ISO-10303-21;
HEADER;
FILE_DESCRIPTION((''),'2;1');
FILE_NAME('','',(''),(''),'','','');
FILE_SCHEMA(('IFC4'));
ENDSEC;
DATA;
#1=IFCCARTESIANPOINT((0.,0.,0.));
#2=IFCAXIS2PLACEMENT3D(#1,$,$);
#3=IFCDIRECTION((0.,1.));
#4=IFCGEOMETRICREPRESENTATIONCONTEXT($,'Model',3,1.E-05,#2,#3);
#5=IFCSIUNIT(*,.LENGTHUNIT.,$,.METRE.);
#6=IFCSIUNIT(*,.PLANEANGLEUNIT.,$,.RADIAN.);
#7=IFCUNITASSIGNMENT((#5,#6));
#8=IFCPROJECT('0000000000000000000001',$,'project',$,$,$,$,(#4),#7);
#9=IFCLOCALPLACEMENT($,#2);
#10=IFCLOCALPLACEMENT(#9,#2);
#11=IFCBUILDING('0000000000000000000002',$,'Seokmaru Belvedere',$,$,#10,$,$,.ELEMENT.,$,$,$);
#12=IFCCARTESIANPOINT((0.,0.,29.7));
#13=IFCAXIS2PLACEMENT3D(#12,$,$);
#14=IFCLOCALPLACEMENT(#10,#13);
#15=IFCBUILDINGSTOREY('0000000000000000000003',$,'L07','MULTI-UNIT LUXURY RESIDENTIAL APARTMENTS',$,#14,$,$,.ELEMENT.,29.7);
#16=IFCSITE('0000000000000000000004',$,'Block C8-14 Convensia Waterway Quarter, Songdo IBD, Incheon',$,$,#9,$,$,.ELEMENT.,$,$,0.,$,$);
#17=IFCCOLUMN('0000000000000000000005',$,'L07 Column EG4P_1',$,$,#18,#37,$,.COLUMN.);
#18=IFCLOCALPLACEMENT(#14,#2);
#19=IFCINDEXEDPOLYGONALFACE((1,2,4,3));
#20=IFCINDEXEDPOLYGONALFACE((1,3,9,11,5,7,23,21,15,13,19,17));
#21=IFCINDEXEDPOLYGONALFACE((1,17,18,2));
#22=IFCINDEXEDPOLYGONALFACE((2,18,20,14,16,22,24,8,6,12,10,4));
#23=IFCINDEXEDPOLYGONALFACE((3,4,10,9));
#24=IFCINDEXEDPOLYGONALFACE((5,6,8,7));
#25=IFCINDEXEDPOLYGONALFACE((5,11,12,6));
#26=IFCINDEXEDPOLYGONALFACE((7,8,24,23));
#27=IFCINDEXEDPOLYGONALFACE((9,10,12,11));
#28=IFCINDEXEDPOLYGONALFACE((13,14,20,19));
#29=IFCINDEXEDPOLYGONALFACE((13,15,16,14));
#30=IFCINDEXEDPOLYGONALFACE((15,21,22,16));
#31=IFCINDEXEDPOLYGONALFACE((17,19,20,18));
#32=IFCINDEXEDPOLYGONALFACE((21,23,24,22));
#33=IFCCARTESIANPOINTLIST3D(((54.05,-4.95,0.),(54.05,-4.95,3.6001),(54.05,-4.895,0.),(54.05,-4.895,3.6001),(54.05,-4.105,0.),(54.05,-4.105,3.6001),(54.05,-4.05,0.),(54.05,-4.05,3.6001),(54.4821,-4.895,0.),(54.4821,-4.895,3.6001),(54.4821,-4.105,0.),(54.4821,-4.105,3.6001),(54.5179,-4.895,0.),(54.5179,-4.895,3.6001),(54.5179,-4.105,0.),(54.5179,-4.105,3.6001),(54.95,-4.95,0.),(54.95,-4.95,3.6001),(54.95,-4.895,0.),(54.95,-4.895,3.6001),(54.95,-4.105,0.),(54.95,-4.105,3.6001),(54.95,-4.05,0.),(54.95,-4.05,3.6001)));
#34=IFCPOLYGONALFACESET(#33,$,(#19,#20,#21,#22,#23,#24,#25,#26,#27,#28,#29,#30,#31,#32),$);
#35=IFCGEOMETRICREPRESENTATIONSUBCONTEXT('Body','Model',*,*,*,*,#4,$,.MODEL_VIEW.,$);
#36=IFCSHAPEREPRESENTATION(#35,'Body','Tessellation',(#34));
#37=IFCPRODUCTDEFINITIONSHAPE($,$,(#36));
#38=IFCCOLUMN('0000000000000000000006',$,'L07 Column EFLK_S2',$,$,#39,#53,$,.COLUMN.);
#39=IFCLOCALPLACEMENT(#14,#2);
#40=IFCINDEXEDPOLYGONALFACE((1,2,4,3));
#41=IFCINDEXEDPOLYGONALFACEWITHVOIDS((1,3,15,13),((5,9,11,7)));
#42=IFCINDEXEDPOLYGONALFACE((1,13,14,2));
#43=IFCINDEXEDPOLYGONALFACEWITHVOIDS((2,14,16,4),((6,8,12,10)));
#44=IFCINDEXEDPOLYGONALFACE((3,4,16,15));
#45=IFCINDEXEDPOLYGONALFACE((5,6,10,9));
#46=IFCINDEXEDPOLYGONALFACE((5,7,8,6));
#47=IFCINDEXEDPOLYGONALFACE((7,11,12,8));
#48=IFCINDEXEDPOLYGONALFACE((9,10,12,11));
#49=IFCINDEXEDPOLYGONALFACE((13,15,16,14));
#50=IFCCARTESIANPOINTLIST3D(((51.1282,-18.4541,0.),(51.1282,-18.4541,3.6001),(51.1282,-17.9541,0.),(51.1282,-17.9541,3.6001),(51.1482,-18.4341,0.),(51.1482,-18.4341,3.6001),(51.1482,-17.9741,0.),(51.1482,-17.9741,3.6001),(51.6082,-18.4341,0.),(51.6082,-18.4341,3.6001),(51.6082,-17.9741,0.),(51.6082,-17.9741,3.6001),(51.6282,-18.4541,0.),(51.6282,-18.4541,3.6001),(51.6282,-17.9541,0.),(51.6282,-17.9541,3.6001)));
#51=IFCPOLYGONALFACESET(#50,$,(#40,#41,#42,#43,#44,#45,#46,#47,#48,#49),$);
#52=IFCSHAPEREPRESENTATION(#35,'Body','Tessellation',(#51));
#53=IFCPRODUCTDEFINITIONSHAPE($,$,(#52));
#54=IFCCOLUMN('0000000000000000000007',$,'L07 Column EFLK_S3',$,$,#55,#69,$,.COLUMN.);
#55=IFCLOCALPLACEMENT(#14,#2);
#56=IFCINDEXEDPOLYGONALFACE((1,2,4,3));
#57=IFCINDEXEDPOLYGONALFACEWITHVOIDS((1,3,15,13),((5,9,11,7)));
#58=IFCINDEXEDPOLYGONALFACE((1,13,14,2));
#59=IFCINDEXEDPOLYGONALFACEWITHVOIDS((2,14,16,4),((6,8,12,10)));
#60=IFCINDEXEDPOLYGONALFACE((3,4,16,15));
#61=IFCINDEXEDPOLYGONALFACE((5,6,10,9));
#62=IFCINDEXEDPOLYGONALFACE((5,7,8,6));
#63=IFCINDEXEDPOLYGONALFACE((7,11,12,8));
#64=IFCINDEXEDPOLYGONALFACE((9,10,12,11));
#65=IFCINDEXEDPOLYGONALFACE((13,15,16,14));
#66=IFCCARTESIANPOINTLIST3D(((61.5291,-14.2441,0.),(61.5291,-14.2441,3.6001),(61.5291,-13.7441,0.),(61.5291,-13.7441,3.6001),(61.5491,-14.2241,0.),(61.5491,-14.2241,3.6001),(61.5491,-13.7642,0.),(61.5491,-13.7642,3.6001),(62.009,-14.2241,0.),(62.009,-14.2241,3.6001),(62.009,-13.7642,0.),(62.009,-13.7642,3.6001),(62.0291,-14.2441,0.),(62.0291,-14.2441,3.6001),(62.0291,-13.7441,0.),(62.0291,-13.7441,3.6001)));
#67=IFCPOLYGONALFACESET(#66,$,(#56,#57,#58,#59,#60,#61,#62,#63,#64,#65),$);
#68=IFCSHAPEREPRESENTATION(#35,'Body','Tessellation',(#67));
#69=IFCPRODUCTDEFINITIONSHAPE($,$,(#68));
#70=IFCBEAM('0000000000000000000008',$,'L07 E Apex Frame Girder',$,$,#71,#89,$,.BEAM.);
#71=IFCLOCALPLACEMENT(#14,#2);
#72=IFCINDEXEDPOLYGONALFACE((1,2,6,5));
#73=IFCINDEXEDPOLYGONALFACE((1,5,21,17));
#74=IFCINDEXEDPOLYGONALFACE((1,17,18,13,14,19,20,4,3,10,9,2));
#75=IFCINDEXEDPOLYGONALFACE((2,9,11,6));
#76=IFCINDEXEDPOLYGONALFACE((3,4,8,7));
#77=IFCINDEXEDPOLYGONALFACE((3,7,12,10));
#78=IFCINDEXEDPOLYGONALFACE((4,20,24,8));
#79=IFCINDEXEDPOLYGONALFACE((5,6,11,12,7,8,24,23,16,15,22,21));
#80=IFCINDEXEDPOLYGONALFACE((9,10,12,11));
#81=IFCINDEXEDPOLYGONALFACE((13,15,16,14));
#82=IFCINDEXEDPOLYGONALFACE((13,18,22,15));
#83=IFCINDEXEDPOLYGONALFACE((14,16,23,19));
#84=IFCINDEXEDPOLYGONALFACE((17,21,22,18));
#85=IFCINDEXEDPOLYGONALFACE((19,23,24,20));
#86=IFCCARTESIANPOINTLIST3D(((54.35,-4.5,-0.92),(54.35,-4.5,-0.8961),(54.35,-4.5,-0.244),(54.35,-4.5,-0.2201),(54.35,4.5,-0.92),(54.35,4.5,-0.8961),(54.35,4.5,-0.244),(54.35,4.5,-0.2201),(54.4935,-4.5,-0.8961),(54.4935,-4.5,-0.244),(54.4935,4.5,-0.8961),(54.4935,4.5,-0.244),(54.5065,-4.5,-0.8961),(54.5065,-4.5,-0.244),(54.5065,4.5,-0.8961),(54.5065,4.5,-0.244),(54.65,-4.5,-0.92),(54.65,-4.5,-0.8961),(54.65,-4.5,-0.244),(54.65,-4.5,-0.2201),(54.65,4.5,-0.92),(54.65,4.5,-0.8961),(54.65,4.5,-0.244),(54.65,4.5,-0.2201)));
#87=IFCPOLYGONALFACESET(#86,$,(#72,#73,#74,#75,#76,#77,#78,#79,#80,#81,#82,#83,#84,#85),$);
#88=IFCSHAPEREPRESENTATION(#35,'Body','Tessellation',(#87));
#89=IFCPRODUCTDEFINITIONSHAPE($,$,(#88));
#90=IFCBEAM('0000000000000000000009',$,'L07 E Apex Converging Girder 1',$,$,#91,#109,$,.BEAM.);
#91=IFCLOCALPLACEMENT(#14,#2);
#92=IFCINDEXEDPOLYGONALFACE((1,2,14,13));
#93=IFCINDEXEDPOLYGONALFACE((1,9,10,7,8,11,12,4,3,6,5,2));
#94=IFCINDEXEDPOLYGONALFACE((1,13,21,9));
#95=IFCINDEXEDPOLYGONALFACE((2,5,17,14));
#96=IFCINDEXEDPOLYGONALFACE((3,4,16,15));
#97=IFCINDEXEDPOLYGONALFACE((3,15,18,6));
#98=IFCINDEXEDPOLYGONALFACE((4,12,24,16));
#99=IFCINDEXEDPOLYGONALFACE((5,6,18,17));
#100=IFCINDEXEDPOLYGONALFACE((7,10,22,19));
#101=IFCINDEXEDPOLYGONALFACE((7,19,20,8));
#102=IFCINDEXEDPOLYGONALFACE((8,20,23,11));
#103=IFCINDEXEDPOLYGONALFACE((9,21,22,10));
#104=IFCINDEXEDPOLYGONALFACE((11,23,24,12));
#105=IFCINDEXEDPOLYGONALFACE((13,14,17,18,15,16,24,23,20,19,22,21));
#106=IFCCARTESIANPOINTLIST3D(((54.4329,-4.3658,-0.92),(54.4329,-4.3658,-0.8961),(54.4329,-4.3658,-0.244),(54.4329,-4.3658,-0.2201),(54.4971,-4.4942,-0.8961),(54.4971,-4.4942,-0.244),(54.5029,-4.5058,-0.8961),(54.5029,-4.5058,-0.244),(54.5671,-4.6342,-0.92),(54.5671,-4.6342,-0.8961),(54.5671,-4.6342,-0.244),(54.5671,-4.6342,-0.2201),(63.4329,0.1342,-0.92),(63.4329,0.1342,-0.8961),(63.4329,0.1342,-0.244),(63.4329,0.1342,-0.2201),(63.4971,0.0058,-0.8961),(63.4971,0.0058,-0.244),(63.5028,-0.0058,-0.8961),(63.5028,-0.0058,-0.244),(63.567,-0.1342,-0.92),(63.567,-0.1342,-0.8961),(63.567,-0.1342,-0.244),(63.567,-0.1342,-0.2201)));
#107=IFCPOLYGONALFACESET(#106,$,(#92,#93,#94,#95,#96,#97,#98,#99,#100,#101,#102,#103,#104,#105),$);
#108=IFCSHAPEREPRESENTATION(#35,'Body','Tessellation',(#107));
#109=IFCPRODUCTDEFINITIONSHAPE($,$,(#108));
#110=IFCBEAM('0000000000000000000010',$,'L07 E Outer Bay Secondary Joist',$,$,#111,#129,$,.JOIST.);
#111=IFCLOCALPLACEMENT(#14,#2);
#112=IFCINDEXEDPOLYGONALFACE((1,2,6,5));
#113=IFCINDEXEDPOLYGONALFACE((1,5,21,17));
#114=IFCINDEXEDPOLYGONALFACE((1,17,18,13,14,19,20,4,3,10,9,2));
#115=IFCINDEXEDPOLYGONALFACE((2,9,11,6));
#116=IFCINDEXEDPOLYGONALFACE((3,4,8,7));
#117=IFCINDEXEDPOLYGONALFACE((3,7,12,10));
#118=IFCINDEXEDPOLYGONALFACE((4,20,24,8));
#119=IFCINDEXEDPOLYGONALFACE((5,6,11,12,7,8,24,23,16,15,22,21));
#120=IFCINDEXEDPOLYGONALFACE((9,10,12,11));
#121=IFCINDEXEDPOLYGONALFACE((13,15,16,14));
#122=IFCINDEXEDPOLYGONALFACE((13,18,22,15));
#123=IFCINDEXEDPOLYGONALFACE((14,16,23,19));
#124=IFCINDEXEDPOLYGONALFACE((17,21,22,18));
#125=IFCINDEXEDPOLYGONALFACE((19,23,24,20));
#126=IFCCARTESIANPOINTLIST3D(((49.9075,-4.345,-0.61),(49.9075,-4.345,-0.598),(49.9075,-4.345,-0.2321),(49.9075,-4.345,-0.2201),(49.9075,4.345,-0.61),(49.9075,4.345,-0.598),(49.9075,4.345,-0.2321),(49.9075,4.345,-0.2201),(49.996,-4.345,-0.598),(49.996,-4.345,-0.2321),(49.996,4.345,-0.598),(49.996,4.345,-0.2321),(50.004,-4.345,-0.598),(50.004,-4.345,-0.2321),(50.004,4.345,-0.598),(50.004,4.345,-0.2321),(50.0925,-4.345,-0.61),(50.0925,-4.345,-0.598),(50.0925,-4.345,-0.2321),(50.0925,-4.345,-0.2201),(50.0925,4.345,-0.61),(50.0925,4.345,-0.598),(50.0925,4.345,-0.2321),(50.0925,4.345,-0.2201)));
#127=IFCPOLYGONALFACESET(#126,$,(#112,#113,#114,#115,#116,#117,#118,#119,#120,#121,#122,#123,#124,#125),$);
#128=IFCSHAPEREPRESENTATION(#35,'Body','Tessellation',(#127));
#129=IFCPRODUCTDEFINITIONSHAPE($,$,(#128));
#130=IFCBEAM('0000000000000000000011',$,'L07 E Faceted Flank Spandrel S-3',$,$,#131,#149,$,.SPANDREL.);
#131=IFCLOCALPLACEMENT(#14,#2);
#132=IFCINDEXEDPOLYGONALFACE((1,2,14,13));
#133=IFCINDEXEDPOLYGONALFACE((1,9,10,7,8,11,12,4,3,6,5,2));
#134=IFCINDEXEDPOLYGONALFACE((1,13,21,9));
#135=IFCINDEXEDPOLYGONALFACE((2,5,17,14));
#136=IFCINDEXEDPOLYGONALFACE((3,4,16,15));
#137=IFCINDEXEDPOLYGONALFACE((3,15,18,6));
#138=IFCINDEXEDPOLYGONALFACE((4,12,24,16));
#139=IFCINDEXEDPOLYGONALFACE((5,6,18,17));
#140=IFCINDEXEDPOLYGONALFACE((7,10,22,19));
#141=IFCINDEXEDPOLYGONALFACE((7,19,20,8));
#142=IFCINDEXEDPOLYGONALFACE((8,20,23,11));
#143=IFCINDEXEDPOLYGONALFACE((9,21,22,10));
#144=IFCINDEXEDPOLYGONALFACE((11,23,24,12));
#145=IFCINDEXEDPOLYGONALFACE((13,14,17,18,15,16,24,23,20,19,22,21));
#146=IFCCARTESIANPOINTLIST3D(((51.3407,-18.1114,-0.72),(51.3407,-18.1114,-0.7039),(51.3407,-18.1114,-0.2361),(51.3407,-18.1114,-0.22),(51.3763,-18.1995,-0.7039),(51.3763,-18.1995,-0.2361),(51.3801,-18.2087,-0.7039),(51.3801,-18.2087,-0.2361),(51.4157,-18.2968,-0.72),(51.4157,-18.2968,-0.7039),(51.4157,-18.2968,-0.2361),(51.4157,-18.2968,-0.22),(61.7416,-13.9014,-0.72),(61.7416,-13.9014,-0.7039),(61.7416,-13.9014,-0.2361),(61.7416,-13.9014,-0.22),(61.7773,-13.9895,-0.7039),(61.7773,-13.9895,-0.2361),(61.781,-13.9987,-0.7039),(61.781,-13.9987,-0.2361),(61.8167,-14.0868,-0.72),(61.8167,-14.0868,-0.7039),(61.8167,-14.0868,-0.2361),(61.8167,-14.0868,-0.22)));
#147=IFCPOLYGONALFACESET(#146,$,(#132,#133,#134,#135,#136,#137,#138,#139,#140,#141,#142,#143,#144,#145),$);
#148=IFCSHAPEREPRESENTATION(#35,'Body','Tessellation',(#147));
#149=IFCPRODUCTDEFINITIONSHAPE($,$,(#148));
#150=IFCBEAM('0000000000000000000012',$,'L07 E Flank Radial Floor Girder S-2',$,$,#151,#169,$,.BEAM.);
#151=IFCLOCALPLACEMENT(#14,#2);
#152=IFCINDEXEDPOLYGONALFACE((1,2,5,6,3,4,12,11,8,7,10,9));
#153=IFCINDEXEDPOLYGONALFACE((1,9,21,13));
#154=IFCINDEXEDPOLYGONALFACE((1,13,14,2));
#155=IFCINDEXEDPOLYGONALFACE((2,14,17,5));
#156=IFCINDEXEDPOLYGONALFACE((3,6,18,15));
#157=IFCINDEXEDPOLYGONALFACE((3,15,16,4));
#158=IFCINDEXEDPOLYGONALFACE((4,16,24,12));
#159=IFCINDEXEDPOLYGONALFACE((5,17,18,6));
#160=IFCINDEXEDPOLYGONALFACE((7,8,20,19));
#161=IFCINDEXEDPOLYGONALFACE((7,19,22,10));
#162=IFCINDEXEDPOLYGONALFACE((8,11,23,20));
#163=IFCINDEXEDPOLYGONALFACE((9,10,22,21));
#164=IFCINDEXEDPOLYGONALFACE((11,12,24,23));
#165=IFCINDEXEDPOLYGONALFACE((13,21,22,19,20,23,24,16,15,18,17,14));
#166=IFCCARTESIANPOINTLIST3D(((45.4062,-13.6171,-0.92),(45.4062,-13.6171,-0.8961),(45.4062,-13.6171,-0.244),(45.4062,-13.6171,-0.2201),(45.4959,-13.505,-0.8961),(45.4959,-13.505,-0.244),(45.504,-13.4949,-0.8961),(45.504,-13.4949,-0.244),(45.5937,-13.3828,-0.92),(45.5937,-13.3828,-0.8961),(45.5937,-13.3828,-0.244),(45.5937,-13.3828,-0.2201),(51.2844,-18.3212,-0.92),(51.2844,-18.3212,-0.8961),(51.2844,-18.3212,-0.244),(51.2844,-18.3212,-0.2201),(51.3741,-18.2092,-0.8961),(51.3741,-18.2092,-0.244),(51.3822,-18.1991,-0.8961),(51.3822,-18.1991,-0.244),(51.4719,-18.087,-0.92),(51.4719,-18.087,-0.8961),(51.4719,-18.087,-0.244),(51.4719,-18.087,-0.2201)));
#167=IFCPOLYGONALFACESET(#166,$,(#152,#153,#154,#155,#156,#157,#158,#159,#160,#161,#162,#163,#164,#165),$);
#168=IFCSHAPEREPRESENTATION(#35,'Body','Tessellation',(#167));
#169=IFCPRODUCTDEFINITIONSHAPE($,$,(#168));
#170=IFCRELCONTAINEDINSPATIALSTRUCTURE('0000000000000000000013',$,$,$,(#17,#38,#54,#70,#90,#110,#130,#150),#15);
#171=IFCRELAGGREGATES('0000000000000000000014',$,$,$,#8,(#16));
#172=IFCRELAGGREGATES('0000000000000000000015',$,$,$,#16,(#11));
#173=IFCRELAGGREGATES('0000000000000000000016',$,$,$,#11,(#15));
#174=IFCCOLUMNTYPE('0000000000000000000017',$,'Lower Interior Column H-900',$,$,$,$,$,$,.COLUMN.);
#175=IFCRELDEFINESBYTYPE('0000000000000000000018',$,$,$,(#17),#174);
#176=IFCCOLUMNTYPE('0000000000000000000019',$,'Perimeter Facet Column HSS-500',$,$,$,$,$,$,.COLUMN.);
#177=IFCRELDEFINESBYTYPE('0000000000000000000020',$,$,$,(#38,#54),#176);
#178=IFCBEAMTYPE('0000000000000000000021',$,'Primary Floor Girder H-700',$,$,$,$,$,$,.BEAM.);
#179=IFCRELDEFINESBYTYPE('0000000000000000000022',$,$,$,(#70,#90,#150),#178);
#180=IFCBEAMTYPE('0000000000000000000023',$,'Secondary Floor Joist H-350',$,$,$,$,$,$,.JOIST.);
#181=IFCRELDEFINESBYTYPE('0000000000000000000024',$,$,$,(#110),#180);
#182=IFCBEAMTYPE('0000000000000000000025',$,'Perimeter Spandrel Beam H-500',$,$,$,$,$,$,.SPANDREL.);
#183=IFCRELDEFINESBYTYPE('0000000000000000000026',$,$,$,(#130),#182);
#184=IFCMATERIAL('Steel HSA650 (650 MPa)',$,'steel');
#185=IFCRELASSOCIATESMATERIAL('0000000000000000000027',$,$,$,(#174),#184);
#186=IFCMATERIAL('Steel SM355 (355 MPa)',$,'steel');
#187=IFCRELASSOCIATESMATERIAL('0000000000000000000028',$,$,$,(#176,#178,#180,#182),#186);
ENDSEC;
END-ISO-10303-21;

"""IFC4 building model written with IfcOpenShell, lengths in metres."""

from ifc_helpers import new_model, si_unit, direction, frame, origin, origin_2d, place, context, subcontext, project, spatial, hollow_rectangle, i_section, extrude, source, transform, mapped, material, material_profile, profile_set, type_object, type_shapes, element, save


model = new_model("IFC4")

# Units and contexts
model_context = context("Model", 3, precision=1e-05, world=origin(), true_north=direction((0.0, 1.0)))
body_context = subcontext(model_context, "Body", "Model", "MODEL_VIEW")
ifc_project = project(units=[si_unit("LENGTHUNIT", "METRE"), si_unit("PLANEANGLEUNIT", "RADIAN")], contexts=[model_context])

# Site, building, storey
site_placement = place(None, origin())
site = spatial("IfcSite", under=ifc_project, at=site_placement, Name="Block C8-14 Convensia Waterway Quarter, Songdo IBD, Incheon", CompositionType="ELEMENT", RefElevation=0.0)
building_placement = place(site_placement, origin())
building = spatial("IfcBuilding", under=site, at=building_placement, Name="Seokmaru Belvedere", CompositionType="ELEMENT")
storey_placement = place(building_placement, frame((0.0, 0.0, 29.7)))
storey = spatial("IfcBuildingStorey", under=building, at=storey_placement, Name="L07", Description="MULTI-UNIT LUXURY RESIDENTIAL APARTMENTS", CompositionType="ELEMENT", Elevation=29.7)

# Columns
ifc_material_1 = material(Name="Steel HSA650 (650 MPa)", Category="steel")
ifc_material_profile_1 = material_profile(ifc_material_1, i_section(OverallWidth=0.8999, OverallDepth=0.8999, WebThickness=0.0359, FlangeThickness=0.0549, at=origin_2d()), Name="H-900x900x36x55")
ifc_profile_set_1 = profile_set([ifc_material_profile_1], Name="Steel HSA650 (650 MPa)")
column_type_1 = type_object("IfcColumnType", Name="Lower Interior Column H-900", PredefinedType="COLUMN", material=ifc_profile_set_1)
shared_shape_1 = source(origin(), body_context, "Body", "SweptSolid", [
    extrude(i_section(OverallWidth=0.8999, OverallDepth=0.8999, WebThickness=0.0359, FlangeThickness=0.0549, at=origin_2d()), origin(), (0.0, 0.0, 1.0), 3.6001),
])
type_shapes(column_type_1, [shared_shape_1])
column_placement = place(storey_placement, frame((54.5, -4.5, 0.0), z_axis=(0.0, 0.0, 1.0), x_axis=(1.0, 0.0, 0.0)))
element("IfcColumn", 1, at=column_placement, inside=storey, type_object=column_type_1, Name="L07 Column EG4P_1", PredefinedType="COLUMN", context=body_context, shape_type="MappedRepresentation", body=[
    mapped(shared_shape_1, transform((0.0, 0.0, 0.0), scale=1.0)),
])
ifc_material_2 = material(Name="Steel SM355 (355 MPa)", Category="steel")
ifc_material_profile_2 = material_profile(ifc_material_2, hollow_rectangle(XDim=0.5, YDim=0.5, WallThickness=0.02, at=origin_2d()), Name="HSS-500x500x20")
ifc_profile_set_2 = profile_set([ifc_material_profile_2], Name="Steel SM355 (355 MPa)")
column_type_2 = type_object("IfcColumnType", Name="Perimeter Facet Column HSS-500", PredefinedType="COLUMN", material=ifc_profile_set_2)
shared_shape_2 = source(origin(), body_context, "Body", "SweptSolid", [
    extrude(hollow_rectangle(XDim=0.5, YDim=0.5, WallThickness=0.02, at=origin_2d()), origin(), (0.0, 0.0, 1.0), 3.6001),
])
type_shapes(column_type_2, [shared_shape_2])
for number, where, z_axis, x_axis, name in (
    (2, (51.3782, -18.2041, 0.0), (0.0, 0.0, 1.0), (1.0, 0.0, 0.0), "L07 Column EFLK_S2"),
    (3, (61.7791, -13.9941, 0.0), (0.0, 0.0, 1.0), (1.0, 0.0, 0.0), "L07 Column EFLK_S3"),
):
    element("IfcColumn", number, at=place(storey_placement, frame(where, z_axis=z_axis, x_axis=x_axis)), inside=storey, type_object=column_type_2, Name=name, PredefinedType="COLUMN", context=body_context, shape_type="MappedRepresentation", body=[
        mapped(shared_shape_2, transform((0.0, 0.0, 0.0), scale=1.0)),
    ])

# Beams
ifc_material_profile_3 = material_profile(ifc_material_2, i_section(OverallWidth=0.3, OverallDepth=0.7, WebThickness=0.0129, FlangeThickness=0.0239, at=origin_2d()), Name="H-700x300x13x24")
ifc_profile_set_3 = profile_set([ifc_material_profile_3], Name="Steel SM355 (355 MPa)")
beam_type_1 = type_object("IfcBeamType", Name="Primary Floor Girder H-700", PredefinedType="BEAM", material=ifc_profile_set_3)
shared_shape_3 = source(origin(), body_context, "Body", "SweptSolid", [
    extrude(i_section(OverallWidth=0.3, OverallDepth=0.7, WebThickness=0.0129, FlangeThickness=0.0239, at=origin_2d()), origin(), (0.0, 0.0, 1.0), 9.0),
])
beam_1_placement = place(storey_placement, frame((54.5, -4.5, -0.5701), z_axis=(0.0, 1.0, 0.0), x_axis=(-1.0, 0.0, 0.0)))
element("IfcBeam", 4, at=beam_1_placement, inside=storey, type_object=beam_type_1, Name="L07 E Apex Frame Girder", PredefinedType="BEAM", context=body_context, shape_type="MappedRepresentation", body=[
    mapped(shared_shape_3, transform((0.0, 0.0, 0.0), scale=1.0)),
])
shared_shape_4 = source(origin(), body_context, "Body", "SweptSolid", [
    extrude(i_section(OverallWidth=0.3, OverallDepth=0.7, WebThickness=0.0129, FlangeThickness=0.0239, at=origin_2d()), origin(), (0.0, 0.0, 1.0), 10.0623),
])
beam_2_placement = place(storey_placement, frame((54.5, -4.5, -0.5701), z_axis=(0.894427, 0.447214, 0.0), x_axis=(-0.447214, 0.894427, 0.0)))
element("IfcBeam", 5, at=beam_2_placement, inside=storey, type_object=beam_type_1, Name="L07 E Apex Converging Girder 1", PredefinedType="BEAM", context=body_context, shape_type="MappedRepresentation", body=[
    mapped(shared_shape_4, transform((0.0, 0.0, 0.0), scale=1.0)),
])
ifc_material_profile_4 = material_profile(ifc_material_2, i_section(OverallWidth=0.1851, OverallDepth=0.3899, WebThickness=0.0081, FlangeThickness=0.012, at=origin_2d()), Name="H-390x185x8x12")
ifc_profile_set_4 = profile_set([ifc_material_profile_4], Name="Steel SM355 (355 MPa)")
beam_type_2 = type_object("IfcBeamType", Name="Secondary Floor Joist H-350", PredefinedType="JOIST", material=ifc_profile_set_4)
shared_shape_5 = source(origin(), body_context, "Body", "SweptSolid", [
    extrude(i_section(OverallWidth=0.1851, OverallDepth=0.3899, WebThickness=0.0081, FlangeThickness=0.012, at=origin_2d()), origin(), (0.0, 0.0, 1.0), 8.6899),
])
type_shapes(beam_type_2, [shared_shape_5])
beam_3_placement = place(storey_placement, frame((50.0, -4.345, -0.415), z_axis=(0.0, 1.0, 0.0), x_axis=(-1.0, 0.0, 0.0)))
element("IfcBeam", 6, at=beam_3_placement, inside=storey, type_object=beam_type_2, Name="L07 E Outer Bay Secondary Joist", PredefinedType="JOIST", context=body_context, shape_type="MappedRepresentation", body=[
    mapped(shared_shape_5, transform((0.0, 0.0, 0.0), scale=1.0)),
])
ifc_material_profile_5 = material_profile(ifc_material_2, i_section(OverallWidth=0.2, OverallDepth=0.5, WebThickness=0.01, FlangeThickness=0.0161, at=origin_2d()), Name="H-500x200x10x16")
ifc_profile_set_5 = profile_set([ifc_material_profile_5], Name="Steel SM355 (355 MPa)")
beam_type_3 = type_object("IfcBeamType", Name="Perimeter Spandrel Beam H-500", PredefinedType="SPANDREL", material=ifc_profile_set_5)
shared_shape_6 = source(origin(), body_context, "Body", "SweptSolid", [
    extrude(i_section(OverallWidth=0.2, OverallDepth=0.5, WebThickness=0.01, FlangeThickness=0.0161, at=origin_2d()), origin(), (0.0, 0.0, 1.0), 11.2207),
])
type_shapes(beam_type_3, [shared_shape_6])
beam_4_placement = place(storey_placement, frame((51.3782, -18.2041, -0.47), z_axis=(0.926944, 0.375199, 0.0), x_axis=(-0.375199, 0.926944, 0.0)))
element("IfcBeam", 7, at=beam_4_placement, inside=storey, type_object=beam_type_3, Name="L07 E Faceted Flank Spandrel S-3", PredefinedType="SPANDREL", context=body_context, shape_type="MappedRepresentation", body=[
    mapped(shared_shape_6, transform((0.0, 0.0, 0.0), scale=1.0)),
])
shared_shape_7 = source(origin(), body_context, "Body", "SweptSolid", [
    extrude(i_section(OverallWidth=0.3, OverallDepth=0.7, WebThickness=0.0129, FlangeThickness=0.0239, at=origin_2d()), origin(), (0.0, 0.0, 1.0), 7.5288),
])
type_shapes(beam_type_1, [shared_shape_3, shared_shape_4, shared_shape_7])
beam_5_placement = place(storey_placement, frame((51.3782, -18.2041, -0.5701), z_axis=(-0.780768, 0.624822, 0.0), x_axis=(-0.624822, -0.780768, 0.0)))
element("IfcBeam", 8, at=beam_5_placement, inside=storey, type_object=beam_type_1, Name="L07 E Flank Radial Floor Girder S-2", PredefinedType="BEAM", context=body_context, shape_type="MappedRepresentation", body=[
    mapped(shared_shape_7, transform((0.0, 0.0, 0.0), scale=1.0)),
])

save(model, "model.ifc")
